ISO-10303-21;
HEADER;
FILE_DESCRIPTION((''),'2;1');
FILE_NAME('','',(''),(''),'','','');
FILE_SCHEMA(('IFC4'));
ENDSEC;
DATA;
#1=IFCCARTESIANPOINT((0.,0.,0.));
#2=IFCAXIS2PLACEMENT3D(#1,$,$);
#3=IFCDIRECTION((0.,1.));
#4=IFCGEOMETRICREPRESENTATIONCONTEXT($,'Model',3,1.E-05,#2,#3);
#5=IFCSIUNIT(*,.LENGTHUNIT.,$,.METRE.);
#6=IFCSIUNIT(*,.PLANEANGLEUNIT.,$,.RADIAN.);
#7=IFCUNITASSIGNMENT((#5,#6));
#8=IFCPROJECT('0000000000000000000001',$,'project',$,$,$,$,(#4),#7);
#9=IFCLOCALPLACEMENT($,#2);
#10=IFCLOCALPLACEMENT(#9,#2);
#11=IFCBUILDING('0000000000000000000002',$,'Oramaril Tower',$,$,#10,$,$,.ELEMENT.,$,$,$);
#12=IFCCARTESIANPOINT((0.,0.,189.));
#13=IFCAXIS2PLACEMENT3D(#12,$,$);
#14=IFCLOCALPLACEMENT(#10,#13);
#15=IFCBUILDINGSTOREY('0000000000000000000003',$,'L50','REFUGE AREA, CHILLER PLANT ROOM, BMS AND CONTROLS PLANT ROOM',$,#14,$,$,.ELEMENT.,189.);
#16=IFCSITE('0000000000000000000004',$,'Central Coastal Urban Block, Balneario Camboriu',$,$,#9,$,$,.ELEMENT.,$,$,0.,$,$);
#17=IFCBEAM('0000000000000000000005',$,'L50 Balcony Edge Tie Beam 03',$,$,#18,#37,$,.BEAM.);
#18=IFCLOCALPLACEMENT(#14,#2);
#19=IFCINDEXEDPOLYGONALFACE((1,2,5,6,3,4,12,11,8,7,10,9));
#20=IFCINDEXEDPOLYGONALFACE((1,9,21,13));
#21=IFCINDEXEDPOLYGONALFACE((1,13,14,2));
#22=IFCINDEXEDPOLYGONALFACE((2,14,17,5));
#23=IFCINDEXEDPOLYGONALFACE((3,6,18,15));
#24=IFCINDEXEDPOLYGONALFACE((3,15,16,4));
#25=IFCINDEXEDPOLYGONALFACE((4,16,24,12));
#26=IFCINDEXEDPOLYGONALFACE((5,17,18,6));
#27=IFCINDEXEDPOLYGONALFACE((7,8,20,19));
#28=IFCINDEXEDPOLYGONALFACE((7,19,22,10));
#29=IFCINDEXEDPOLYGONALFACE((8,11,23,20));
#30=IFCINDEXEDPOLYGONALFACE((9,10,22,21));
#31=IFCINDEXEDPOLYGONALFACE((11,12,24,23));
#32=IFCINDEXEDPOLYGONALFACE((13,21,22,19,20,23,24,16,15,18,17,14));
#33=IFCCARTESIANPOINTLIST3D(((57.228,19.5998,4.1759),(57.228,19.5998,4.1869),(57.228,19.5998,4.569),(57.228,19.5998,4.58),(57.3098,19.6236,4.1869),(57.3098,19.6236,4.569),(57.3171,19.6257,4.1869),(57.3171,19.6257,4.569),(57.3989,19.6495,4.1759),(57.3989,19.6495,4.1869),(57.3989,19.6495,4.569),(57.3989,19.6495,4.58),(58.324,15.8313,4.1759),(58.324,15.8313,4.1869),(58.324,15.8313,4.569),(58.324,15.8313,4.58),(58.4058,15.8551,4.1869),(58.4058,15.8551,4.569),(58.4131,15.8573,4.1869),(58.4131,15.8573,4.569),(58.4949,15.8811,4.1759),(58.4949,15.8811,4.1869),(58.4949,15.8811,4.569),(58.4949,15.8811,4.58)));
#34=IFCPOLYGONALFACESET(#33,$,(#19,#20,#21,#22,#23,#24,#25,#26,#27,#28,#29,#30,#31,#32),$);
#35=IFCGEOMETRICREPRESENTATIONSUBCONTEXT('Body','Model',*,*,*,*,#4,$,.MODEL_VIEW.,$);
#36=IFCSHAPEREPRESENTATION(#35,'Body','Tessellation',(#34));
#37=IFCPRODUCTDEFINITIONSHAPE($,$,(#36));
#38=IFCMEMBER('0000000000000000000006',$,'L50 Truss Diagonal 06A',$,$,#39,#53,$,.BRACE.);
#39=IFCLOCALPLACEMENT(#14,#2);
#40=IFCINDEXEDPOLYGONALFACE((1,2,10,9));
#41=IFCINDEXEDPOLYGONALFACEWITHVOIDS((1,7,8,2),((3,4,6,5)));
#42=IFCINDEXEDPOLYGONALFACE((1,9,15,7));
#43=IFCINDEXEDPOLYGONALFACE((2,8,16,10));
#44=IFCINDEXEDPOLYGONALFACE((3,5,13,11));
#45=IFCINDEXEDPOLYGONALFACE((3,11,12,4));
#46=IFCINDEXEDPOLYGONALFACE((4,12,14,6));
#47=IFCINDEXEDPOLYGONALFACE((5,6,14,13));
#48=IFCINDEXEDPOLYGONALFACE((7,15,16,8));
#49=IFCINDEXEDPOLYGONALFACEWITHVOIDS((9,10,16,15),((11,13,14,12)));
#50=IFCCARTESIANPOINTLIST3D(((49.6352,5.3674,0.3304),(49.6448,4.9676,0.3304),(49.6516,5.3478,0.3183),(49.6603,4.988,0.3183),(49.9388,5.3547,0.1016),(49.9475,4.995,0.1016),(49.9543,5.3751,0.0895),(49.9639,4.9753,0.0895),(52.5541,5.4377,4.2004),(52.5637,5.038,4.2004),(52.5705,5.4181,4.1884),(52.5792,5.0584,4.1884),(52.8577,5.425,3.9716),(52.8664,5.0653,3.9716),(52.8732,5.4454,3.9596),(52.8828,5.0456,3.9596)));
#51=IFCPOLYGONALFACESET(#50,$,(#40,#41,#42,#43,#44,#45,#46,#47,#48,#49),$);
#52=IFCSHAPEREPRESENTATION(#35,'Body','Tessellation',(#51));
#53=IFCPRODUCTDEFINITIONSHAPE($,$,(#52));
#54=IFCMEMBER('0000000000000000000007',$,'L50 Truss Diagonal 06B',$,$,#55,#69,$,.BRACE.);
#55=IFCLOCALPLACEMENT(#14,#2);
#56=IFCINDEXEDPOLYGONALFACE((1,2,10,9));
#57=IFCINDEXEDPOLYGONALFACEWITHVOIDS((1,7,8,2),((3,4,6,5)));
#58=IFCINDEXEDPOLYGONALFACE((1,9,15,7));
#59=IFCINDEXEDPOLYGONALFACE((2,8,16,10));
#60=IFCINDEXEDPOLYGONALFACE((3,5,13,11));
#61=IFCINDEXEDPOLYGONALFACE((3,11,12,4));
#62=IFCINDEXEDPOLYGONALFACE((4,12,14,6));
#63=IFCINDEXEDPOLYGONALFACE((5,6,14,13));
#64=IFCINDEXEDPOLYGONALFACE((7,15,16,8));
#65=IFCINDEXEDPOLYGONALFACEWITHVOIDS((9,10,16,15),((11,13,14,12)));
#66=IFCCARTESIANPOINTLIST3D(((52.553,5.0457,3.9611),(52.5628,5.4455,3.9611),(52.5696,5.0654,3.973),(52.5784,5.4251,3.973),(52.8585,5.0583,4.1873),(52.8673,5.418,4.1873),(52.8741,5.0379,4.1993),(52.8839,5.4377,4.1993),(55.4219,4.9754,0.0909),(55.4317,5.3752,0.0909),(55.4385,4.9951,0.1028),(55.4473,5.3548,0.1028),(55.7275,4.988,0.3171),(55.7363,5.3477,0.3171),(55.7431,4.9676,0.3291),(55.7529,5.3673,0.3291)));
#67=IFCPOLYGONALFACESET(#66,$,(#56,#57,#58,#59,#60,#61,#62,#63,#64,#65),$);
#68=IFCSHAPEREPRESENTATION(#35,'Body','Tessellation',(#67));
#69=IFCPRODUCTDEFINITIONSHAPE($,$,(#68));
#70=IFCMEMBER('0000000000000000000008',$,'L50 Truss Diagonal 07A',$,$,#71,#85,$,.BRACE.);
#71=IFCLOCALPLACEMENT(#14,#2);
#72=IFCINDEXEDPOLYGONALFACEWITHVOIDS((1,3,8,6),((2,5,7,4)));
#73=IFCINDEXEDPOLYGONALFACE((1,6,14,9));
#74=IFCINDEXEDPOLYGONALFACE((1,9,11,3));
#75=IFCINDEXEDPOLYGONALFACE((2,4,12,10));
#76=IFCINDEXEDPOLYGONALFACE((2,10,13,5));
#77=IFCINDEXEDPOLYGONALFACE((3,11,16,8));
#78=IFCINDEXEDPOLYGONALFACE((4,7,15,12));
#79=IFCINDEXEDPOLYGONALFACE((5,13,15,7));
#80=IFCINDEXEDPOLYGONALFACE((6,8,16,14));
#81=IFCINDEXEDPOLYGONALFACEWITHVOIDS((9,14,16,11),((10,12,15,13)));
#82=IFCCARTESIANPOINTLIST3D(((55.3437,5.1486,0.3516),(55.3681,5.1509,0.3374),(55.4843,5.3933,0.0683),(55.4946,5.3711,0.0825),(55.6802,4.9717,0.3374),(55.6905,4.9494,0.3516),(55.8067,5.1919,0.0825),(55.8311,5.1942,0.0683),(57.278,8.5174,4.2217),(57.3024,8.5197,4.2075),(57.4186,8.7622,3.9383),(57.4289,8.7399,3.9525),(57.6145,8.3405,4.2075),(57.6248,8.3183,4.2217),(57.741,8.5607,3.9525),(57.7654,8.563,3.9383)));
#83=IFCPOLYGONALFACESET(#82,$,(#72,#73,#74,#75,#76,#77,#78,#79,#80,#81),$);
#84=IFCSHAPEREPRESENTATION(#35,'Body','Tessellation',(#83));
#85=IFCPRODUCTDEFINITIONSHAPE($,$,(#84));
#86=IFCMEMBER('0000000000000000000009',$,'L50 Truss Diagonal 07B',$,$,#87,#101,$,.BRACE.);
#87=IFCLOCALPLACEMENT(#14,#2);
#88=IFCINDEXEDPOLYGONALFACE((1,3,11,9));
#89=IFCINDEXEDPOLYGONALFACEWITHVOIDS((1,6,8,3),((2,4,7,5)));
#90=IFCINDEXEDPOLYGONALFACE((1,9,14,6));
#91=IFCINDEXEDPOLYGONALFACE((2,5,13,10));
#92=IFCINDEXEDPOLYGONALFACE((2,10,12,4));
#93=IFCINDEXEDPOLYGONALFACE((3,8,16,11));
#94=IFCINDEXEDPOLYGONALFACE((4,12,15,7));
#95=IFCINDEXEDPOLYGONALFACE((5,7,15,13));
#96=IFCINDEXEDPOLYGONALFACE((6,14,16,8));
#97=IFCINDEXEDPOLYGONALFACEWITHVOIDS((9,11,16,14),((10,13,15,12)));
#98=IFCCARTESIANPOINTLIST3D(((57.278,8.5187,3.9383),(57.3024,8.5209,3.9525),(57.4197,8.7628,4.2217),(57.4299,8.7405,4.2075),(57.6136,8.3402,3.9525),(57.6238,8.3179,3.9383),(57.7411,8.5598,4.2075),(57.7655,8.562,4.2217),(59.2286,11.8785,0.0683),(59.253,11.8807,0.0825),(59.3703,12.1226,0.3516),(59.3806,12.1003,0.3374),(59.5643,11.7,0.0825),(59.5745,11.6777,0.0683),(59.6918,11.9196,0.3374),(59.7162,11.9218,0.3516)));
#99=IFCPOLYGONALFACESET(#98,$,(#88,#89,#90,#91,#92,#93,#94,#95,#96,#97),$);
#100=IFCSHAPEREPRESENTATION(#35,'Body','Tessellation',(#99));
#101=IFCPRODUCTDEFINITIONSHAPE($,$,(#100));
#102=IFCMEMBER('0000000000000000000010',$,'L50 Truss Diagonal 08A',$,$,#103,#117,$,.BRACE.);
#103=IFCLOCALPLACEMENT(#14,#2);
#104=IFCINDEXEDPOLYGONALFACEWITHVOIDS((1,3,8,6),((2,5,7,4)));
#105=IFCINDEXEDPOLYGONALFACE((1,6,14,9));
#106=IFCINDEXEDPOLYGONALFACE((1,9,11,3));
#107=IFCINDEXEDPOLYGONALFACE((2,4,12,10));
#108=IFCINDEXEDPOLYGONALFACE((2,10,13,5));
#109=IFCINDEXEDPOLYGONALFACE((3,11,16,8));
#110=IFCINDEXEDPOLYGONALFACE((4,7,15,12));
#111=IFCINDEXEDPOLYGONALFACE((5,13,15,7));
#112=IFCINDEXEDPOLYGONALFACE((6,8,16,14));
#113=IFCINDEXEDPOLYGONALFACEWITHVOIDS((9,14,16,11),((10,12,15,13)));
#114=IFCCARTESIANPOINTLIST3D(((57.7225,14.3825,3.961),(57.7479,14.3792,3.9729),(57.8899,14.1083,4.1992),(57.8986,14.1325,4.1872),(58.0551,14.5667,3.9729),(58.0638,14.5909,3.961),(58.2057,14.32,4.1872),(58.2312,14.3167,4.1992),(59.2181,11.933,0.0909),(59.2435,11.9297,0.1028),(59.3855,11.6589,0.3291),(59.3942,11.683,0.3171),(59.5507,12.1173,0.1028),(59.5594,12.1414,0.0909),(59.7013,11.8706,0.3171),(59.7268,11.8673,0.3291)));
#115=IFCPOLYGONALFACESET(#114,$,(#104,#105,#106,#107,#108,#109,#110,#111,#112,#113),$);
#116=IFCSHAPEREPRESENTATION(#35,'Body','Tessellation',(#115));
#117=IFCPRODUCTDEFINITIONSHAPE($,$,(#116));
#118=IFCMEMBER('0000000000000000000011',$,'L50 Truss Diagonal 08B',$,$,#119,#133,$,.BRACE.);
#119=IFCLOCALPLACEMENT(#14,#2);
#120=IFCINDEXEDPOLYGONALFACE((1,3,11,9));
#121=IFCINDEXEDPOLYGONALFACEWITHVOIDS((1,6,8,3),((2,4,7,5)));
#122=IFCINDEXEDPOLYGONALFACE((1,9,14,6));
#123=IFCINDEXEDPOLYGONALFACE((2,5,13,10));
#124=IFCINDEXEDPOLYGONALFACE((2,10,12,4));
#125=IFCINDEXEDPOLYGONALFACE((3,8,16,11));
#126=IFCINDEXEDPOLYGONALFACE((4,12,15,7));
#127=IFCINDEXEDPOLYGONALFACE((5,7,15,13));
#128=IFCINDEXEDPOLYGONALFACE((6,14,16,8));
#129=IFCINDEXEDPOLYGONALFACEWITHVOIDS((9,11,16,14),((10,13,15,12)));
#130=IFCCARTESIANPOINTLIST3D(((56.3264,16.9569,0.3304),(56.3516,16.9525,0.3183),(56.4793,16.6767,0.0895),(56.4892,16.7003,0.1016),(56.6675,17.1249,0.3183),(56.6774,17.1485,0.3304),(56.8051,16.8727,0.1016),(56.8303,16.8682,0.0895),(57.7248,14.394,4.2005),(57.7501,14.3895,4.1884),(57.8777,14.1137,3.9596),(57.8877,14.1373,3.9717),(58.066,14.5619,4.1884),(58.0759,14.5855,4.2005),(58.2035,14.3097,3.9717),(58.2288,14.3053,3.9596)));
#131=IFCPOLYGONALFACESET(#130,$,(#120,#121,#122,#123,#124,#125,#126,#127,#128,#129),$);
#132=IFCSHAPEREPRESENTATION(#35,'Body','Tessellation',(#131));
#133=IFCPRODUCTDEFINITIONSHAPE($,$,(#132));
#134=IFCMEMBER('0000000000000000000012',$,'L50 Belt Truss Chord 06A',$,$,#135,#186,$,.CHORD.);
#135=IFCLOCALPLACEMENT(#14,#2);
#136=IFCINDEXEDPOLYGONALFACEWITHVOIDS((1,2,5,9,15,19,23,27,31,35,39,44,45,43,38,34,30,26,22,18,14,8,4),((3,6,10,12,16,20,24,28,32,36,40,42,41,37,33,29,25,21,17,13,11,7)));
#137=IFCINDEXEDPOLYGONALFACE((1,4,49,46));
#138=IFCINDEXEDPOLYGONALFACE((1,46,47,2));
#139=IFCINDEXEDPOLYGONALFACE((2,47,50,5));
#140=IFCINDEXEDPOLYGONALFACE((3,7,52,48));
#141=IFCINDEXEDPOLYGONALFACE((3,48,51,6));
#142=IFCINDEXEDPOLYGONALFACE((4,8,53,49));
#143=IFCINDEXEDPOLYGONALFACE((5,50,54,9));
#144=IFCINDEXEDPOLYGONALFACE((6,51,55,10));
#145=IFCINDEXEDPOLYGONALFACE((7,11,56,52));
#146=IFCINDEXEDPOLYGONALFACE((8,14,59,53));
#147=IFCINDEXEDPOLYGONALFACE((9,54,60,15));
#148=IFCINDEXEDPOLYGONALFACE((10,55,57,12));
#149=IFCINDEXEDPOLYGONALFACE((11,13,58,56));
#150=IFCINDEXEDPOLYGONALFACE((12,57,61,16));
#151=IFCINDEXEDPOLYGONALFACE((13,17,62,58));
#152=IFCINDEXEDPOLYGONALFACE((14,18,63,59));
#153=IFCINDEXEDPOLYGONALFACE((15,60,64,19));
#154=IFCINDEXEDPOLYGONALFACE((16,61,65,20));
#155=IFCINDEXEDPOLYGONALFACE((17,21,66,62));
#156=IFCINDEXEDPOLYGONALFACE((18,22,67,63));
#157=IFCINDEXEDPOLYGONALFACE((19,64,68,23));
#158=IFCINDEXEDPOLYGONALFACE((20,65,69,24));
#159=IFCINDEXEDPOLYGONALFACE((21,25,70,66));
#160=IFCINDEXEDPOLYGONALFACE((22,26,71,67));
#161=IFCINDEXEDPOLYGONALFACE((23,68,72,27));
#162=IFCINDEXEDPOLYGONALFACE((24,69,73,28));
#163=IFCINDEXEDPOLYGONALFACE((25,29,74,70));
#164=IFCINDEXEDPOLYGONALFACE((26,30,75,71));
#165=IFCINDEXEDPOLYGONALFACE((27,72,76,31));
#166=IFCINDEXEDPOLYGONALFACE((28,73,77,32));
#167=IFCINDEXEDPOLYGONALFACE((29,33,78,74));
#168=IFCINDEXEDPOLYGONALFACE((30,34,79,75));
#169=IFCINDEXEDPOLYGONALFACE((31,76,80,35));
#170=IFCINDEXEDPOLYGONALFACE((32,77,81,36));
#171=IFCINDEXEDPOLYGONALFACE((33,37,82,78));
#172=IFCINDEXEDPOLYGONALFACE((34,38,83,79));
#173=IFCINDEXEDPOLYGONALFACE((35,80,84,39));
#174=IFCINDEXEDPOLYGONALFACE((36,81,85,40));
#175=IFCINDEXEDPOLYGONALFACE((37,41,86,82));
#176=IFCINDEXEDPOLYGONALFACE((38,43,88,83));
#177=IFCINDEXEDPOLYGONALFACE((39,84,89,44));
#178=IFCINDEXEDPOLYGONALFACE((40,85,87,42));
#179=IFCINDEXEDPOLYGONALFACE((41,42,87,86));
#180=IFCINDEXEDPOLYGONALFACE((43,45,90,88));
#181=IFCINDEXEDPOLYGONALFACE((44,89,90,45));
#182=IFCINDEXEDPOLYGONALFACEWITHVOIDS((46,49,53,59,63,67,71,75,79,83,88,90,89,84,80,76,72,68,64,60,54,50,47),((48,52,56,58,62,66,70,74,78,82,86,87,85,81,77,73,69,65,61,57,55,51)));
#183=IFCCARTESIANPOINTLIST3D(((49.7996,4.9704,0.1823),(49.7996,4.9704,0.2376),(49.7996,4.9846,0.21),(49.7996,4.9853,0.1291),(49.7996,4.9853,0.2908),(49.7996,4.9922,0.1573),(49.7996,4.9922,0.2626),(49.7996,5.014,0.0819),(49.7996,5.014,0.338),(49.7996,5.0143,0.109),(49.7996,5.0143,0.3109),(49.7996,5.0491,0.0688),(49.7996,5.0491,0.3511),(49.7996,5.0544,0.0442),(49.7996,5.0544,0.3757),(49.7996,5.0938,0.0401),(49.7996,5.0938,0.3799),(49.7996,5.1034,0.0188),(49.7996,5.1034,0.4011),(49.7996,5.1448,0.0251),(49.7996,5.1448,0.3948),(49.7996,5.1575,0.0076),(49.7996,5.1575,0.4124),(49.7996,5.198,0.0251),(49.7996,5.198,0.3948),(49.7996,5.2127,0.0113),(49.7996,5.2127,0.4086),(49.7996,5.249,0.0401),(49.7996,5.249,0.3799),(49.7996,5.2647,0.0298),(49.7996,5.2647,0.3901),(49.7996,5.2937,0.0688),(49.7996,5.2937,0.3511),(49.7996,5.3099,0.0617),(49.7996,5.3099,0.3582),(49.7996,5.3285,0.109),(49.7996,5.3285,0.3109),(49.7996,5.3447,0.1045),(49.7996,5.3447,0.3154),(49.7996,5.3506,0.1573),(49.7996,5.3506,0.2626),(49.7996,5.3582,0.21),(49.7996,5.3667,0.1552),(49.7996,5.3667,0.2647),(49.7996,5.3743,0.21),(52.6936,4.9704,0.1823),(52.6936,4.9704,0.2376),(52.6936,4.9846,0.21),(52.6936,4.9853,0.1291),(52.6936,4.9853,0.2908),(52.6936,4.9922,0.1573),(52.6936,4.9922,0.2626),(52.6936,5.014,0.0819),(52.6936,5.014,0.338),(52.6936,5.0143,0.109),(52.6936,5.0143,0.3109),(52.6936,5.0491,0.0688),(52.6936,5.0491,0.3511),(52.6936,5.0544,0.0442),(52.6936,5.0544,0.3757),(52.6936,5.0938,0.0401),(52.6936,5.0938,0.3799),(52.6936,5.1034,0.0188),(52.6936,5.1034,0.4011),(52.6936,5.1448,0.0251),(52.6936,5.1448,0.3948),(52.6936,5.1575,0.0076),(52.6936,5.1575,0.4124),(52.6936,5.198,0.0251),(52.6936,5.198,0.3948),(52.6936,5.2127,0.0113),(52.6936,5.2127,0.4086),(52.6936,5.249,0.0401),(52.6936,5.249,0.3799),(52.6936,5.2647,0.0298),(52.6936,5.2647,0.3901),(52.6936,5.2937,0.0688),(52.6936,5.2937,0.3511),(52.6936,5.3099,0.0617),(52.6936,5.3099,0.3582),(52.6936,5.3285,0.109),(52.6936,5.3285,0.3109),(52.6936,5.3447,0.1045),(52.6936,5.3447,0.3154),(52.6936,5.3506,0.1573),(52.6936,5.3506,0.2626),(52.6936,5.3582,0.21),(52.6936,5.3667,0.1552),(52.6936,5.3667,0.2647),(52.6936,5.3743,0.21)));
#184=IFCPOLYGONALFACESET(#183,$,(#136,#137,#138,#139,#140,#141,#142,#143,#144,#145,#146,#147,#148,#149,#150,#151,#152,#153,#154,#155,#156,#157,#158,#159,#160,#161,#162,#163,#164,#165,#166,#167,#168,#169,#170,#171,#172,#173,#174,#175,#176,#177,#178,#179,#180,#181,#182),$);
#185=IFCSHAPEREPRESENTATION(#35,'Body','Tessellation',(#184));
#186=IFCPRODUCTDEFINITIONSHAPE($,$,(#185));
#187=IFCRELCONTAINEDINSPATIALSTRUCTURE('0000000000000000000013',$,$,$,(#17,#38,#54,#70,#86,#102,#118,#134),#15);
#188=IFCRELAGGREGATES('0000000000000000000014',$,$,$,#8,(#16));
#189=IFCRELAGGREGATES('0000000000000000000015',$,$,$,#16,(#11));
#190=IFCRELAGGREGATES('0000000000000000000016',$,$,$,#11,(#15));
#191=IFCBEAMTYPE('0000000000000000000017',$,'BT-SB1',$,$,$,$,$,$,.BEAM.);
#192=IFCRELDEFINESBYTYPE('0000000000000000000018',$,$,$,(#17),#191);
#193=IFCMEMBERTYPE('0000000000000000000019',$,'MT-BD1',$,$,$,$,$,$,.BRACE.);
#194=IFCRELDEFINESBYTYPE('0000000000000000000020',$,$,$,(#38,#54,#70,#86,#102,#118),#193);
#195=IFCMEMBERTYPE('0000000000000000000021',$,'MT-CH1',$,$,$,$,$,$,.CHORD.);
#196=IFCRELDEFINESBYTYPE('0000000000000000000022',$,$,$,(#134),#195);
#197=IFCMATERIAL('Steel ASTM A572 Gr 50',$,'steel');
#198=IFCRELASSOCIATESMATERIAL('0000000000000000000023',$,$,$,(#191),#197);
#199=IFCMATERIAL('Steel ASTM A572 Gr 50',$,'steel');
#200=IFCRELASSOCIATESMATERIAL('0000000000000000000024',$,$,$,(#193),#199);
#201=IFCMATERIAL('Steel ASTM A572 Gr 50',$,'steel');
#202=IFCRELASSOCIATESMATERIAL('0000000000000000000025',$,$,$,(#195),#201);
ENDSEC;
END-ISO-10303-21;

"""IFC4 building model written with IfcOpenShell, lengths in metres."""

from ifc_helpers import new_model, si_unit, direction, frame, origin, origin_2d, place, context, subcontext, project, spatial, hollow_rectangle, hollow_circle, i_section, extrude, material, material_profile, profile_set, type_object, element, save


model = new_model("IFC4")

# Units and contexts
model_context = context("Model", 3, precision=1e-05, world=origin(), true_north=direction((0.0, 1.0)))
body_context = subcontext(model_context, "Body", "Model", "MODEL_VIEW")
ifc_project = project(units=[si_unit("LENGTHUNIT", "METRE"), si_unit("PLANEANGLEUNIT", "RADIAN")], contexts=[model_context])

# Site, building, storey
site_placement = place(None, origin())
site = spatial("IfcSite", under=ifc_project, at=site_placement, Name="Central Coastal Urban Block, Balneario Camboriu", CompositionType="ELEMENT", RefElevation=0.0)
building_placement = place(site_placement, origin())
building = spatial("IfcBuilding", under=site, at=building_placement, Name="Oramaril Tower", CompositionType="ELEMENT")
storey_placement = place(building_placement, frame((0.0, 0.0, 189.0)))
storey = spatial("IfcBuildingStorey", under=building, at=storey_placement, Name="L50", Description="REFUGE AREA, CHILLER PLANT ROOM, BMS AND CONTROLS PLANT ROOM", CompositionType="ELEMENT", Elevation=189.0)

# Beam
ifc_material_1 = material(Name="Steel ASTM A572 Gr 50", Category="steel")
ifc_material_profile_1 = material_profile(ifc_material_1, i_section(OverallWidth=0.178, OverallDepth=0.4041, WebThickness=0.0076, FlangeThickness=0.011, at=origin_2d()), Name="W16X36")
ifc_profile_set_1 = profile_set([ifc_material_profile_1], Name="Steel ASTM A572 Gr 50")
beam_type_1 = type_object("IfcBeamType", Name="BT-SB1", PredefinedType="BEAM", material=ifc_profile_set_1)
beam_1_placement = place(storey_placement, frame((58.4094, 15.8562, 4.3779), z_axis=(-0.279262, 0.960215, 0.0), x_axis=(-0.960215, -0.279262, 0.0)))
element("IfcBeam", 1, at=beam_1_placement, inside=storey, type_object=beam_type_1, Name="L50 Balcony Edge Tie Beam 03", PredefinedType="BEAM", context=body_context, shape_type="SweptSolid", body=[
    extrude(i_section(OverallWidth=0.178, OverallDepth=0.4041, WebThickness=0.0076, FlangeThickness=0.011, at=origin_2d()), origin(), (0.0, 0.0, 1.0), 3.9246),
])

# Members
ifc_material_2 = material(Name="Steel ASTM A572 Gr 50", Category="steel")
ifc_material_profile_2 = material_profile(ifc_material_2, hollow_rectangle(XDim=0.3999, YDim=0.3999, WallThickness=0.02, at=origin_2d()), Name="HSS400X400X20")
ifc_profile_set_2 = profile_set([ifc_material_profile_2], Name="Steel ASTM A572 Gr 50")
member_type_1 = type_object("IfcMemberType", Name="MT-BD1", PredefinedType="BRACE", material=ifc_profile_set_2)
member_1_placement = place(storey_placement, frame((49.7996, 5.1714, 0.21), z_axis=(0.602094, 0.014503, 0.798293), x_axis=(-0.024081, 0.99971, 0.0)))
element("IfcMember", 2, at=member_1_placement, inside=storey, type_object=member_type_1, Name="L50 Truss Diagonal 06A", PredefinedType="BRACE", context=body_context, shape_type="SweptSolid", body=[
    extrude(hollow_rectangle(XDim=0.3999, YDim=0.3999, WallThickness=0.02, at=origin_2d()), origin(), (0.0, 0.0, 1.0), 4.8479),
])
member_2_placement = place(storey_placement, frame((55.5874, 5.1714, 0.21), z_axis=(-0.595451, 0.014594, 0.803259), x_axis=(-0.024501, -0.9997, 0.0)))
element("IfcMember", 3, at=member_2_placement, inside=storey, type_object=member_type_1, Name="L50 Truss Diagonal 06B", PredefinedType="BRACE", context=body_context, shape_type="SweptSolid", body=[
    extrude(hollow_rectangle(XDim=0.3999, YDim=0.3999, WallThickness=0.02, at=origin_2d()), origin(), (0.0, 0.0, 1.0), 4.8181),
])
member_3_placement = place(storey_placement, frame((55.5874, 5.1714, 0.21), z_axis=(0.352753, 0.614369, 0.705774), x_axis=(-0.867216, 0.497931, 0.0)))
element("IfcMember", 4, at=member_3_placement, inside=storey, type_object=member_type_1, Name="L50 Truss Diagonal 07A", PredefinedType="BRACE", context=body_context, shape_type="SweptSolid", body=[
    extrude(hollow_rectangle(XDim=0.3999, YDim=0.3999, WallThickness=0.02, at=origin_2d()), origin(), (0.0, 0.0, 1.0), 5.4834),
])
member_4_placement = place(storey_placement, frame((59.4724, 11.9001, 0.21), z_axis=(-0.35572, -0.612693, 0.705741), x_axis=(0.864812, -0.502096, 0.0)))
element("IfcMember", 5, at=member_4_placement, inside=storey, type_object=member_type_1, Name="L50 Truss Diagonal 07B", PredefinedType="BRACE", context=body_context, shape_type="SweptSolid", body=[
    extrude(hollow_rectangle(XDim=0.3999, YDim=0.3999, WallThickness=0.02, at=origin_2d()), origin(), (0.0, 0.0, 1.0), 5.4836),
])
member_5_placement = place(storey_placement, frame((59.4724, 11.9001, 0.21), z_axis=(-0.310411, 0.508383, 0.803238), x_axis=(-0.853482, -0.521123, 0.0)))
element("IfcMember", 6, at=member_5_placement, inside=storey, type_object=member_type_1, Name="L50 Truss Diagonal 08A", PredefinedType="BRACE", context=body_context, shape_type="SweptSolid", body=[
    extrude(hollow_rectangle(XDim=0.3999, YDim=0.3999, WallThickness=0.02, at=origin_2d()), origin(), (0.0, 0.0, 1.0), 4.8181),
])
member_6_placement = place(storey_placement, frame((56.5784, 16.9126, 0.21), z_axis=(0.288461, -0.528678, 0.798304), x_axis=(0.877832, 0.478969, 0.0)))
element("IfcMember", 7, at=member_6_placement, inside=storey, type_object=member_type_1, Name="L50 Truss Diagonal 08B", PredefinedType="BRACE", context=body_context, shape_type="SweptSolid", body=[
    extrude(hollow_rectangle(XDim=0.3999, YDim=0.3999, WallThickness=0.02, at=origin_2d()), origin(), (0.0, 0.0, 1.0), 4.8479),
])
ifc_material_3 = material(Name="Steel ASTM A572 Gr 50", Category="steel")
ifc_material_profile_3 = material_profile(ifc_material_3, hollow_circle(Radius=0.2029, WallThickness=0.0161, at=origin_2d()), Name="CHS406X16")
ifc_profile_set_3 = profile_set([ifc_material_profile_3], Name="Steel ASTM A572 Gr 50")
member_type_2 = type_object("IfcMemberType", Name="MT-CH1", PredefinedType="CHORD", material=ifc_profile_set_3)
member_7_placement = place(storey_placement, frame((49.7996, 5.1714, 0.21), z_axis=(1.0, 0.0, 0.0), x_axis=(0.0, 1.0, 0.0)))
element("IfcMember", 8, at=member_7_placement, inside=storey, type_object=member_type_2, Name="L50 Belt Truss Chord 06A", PredefinedType="CHORD", context=body_context, shape_type="SweptSolid", body=[
    extrude(hollow_circle(Radius=0.2029, WallThickness=0.0161, at=origin_2d()), origin(), (0.0, 0.0, 1.0), 2.894),
])

save(model, "model.ifc")
